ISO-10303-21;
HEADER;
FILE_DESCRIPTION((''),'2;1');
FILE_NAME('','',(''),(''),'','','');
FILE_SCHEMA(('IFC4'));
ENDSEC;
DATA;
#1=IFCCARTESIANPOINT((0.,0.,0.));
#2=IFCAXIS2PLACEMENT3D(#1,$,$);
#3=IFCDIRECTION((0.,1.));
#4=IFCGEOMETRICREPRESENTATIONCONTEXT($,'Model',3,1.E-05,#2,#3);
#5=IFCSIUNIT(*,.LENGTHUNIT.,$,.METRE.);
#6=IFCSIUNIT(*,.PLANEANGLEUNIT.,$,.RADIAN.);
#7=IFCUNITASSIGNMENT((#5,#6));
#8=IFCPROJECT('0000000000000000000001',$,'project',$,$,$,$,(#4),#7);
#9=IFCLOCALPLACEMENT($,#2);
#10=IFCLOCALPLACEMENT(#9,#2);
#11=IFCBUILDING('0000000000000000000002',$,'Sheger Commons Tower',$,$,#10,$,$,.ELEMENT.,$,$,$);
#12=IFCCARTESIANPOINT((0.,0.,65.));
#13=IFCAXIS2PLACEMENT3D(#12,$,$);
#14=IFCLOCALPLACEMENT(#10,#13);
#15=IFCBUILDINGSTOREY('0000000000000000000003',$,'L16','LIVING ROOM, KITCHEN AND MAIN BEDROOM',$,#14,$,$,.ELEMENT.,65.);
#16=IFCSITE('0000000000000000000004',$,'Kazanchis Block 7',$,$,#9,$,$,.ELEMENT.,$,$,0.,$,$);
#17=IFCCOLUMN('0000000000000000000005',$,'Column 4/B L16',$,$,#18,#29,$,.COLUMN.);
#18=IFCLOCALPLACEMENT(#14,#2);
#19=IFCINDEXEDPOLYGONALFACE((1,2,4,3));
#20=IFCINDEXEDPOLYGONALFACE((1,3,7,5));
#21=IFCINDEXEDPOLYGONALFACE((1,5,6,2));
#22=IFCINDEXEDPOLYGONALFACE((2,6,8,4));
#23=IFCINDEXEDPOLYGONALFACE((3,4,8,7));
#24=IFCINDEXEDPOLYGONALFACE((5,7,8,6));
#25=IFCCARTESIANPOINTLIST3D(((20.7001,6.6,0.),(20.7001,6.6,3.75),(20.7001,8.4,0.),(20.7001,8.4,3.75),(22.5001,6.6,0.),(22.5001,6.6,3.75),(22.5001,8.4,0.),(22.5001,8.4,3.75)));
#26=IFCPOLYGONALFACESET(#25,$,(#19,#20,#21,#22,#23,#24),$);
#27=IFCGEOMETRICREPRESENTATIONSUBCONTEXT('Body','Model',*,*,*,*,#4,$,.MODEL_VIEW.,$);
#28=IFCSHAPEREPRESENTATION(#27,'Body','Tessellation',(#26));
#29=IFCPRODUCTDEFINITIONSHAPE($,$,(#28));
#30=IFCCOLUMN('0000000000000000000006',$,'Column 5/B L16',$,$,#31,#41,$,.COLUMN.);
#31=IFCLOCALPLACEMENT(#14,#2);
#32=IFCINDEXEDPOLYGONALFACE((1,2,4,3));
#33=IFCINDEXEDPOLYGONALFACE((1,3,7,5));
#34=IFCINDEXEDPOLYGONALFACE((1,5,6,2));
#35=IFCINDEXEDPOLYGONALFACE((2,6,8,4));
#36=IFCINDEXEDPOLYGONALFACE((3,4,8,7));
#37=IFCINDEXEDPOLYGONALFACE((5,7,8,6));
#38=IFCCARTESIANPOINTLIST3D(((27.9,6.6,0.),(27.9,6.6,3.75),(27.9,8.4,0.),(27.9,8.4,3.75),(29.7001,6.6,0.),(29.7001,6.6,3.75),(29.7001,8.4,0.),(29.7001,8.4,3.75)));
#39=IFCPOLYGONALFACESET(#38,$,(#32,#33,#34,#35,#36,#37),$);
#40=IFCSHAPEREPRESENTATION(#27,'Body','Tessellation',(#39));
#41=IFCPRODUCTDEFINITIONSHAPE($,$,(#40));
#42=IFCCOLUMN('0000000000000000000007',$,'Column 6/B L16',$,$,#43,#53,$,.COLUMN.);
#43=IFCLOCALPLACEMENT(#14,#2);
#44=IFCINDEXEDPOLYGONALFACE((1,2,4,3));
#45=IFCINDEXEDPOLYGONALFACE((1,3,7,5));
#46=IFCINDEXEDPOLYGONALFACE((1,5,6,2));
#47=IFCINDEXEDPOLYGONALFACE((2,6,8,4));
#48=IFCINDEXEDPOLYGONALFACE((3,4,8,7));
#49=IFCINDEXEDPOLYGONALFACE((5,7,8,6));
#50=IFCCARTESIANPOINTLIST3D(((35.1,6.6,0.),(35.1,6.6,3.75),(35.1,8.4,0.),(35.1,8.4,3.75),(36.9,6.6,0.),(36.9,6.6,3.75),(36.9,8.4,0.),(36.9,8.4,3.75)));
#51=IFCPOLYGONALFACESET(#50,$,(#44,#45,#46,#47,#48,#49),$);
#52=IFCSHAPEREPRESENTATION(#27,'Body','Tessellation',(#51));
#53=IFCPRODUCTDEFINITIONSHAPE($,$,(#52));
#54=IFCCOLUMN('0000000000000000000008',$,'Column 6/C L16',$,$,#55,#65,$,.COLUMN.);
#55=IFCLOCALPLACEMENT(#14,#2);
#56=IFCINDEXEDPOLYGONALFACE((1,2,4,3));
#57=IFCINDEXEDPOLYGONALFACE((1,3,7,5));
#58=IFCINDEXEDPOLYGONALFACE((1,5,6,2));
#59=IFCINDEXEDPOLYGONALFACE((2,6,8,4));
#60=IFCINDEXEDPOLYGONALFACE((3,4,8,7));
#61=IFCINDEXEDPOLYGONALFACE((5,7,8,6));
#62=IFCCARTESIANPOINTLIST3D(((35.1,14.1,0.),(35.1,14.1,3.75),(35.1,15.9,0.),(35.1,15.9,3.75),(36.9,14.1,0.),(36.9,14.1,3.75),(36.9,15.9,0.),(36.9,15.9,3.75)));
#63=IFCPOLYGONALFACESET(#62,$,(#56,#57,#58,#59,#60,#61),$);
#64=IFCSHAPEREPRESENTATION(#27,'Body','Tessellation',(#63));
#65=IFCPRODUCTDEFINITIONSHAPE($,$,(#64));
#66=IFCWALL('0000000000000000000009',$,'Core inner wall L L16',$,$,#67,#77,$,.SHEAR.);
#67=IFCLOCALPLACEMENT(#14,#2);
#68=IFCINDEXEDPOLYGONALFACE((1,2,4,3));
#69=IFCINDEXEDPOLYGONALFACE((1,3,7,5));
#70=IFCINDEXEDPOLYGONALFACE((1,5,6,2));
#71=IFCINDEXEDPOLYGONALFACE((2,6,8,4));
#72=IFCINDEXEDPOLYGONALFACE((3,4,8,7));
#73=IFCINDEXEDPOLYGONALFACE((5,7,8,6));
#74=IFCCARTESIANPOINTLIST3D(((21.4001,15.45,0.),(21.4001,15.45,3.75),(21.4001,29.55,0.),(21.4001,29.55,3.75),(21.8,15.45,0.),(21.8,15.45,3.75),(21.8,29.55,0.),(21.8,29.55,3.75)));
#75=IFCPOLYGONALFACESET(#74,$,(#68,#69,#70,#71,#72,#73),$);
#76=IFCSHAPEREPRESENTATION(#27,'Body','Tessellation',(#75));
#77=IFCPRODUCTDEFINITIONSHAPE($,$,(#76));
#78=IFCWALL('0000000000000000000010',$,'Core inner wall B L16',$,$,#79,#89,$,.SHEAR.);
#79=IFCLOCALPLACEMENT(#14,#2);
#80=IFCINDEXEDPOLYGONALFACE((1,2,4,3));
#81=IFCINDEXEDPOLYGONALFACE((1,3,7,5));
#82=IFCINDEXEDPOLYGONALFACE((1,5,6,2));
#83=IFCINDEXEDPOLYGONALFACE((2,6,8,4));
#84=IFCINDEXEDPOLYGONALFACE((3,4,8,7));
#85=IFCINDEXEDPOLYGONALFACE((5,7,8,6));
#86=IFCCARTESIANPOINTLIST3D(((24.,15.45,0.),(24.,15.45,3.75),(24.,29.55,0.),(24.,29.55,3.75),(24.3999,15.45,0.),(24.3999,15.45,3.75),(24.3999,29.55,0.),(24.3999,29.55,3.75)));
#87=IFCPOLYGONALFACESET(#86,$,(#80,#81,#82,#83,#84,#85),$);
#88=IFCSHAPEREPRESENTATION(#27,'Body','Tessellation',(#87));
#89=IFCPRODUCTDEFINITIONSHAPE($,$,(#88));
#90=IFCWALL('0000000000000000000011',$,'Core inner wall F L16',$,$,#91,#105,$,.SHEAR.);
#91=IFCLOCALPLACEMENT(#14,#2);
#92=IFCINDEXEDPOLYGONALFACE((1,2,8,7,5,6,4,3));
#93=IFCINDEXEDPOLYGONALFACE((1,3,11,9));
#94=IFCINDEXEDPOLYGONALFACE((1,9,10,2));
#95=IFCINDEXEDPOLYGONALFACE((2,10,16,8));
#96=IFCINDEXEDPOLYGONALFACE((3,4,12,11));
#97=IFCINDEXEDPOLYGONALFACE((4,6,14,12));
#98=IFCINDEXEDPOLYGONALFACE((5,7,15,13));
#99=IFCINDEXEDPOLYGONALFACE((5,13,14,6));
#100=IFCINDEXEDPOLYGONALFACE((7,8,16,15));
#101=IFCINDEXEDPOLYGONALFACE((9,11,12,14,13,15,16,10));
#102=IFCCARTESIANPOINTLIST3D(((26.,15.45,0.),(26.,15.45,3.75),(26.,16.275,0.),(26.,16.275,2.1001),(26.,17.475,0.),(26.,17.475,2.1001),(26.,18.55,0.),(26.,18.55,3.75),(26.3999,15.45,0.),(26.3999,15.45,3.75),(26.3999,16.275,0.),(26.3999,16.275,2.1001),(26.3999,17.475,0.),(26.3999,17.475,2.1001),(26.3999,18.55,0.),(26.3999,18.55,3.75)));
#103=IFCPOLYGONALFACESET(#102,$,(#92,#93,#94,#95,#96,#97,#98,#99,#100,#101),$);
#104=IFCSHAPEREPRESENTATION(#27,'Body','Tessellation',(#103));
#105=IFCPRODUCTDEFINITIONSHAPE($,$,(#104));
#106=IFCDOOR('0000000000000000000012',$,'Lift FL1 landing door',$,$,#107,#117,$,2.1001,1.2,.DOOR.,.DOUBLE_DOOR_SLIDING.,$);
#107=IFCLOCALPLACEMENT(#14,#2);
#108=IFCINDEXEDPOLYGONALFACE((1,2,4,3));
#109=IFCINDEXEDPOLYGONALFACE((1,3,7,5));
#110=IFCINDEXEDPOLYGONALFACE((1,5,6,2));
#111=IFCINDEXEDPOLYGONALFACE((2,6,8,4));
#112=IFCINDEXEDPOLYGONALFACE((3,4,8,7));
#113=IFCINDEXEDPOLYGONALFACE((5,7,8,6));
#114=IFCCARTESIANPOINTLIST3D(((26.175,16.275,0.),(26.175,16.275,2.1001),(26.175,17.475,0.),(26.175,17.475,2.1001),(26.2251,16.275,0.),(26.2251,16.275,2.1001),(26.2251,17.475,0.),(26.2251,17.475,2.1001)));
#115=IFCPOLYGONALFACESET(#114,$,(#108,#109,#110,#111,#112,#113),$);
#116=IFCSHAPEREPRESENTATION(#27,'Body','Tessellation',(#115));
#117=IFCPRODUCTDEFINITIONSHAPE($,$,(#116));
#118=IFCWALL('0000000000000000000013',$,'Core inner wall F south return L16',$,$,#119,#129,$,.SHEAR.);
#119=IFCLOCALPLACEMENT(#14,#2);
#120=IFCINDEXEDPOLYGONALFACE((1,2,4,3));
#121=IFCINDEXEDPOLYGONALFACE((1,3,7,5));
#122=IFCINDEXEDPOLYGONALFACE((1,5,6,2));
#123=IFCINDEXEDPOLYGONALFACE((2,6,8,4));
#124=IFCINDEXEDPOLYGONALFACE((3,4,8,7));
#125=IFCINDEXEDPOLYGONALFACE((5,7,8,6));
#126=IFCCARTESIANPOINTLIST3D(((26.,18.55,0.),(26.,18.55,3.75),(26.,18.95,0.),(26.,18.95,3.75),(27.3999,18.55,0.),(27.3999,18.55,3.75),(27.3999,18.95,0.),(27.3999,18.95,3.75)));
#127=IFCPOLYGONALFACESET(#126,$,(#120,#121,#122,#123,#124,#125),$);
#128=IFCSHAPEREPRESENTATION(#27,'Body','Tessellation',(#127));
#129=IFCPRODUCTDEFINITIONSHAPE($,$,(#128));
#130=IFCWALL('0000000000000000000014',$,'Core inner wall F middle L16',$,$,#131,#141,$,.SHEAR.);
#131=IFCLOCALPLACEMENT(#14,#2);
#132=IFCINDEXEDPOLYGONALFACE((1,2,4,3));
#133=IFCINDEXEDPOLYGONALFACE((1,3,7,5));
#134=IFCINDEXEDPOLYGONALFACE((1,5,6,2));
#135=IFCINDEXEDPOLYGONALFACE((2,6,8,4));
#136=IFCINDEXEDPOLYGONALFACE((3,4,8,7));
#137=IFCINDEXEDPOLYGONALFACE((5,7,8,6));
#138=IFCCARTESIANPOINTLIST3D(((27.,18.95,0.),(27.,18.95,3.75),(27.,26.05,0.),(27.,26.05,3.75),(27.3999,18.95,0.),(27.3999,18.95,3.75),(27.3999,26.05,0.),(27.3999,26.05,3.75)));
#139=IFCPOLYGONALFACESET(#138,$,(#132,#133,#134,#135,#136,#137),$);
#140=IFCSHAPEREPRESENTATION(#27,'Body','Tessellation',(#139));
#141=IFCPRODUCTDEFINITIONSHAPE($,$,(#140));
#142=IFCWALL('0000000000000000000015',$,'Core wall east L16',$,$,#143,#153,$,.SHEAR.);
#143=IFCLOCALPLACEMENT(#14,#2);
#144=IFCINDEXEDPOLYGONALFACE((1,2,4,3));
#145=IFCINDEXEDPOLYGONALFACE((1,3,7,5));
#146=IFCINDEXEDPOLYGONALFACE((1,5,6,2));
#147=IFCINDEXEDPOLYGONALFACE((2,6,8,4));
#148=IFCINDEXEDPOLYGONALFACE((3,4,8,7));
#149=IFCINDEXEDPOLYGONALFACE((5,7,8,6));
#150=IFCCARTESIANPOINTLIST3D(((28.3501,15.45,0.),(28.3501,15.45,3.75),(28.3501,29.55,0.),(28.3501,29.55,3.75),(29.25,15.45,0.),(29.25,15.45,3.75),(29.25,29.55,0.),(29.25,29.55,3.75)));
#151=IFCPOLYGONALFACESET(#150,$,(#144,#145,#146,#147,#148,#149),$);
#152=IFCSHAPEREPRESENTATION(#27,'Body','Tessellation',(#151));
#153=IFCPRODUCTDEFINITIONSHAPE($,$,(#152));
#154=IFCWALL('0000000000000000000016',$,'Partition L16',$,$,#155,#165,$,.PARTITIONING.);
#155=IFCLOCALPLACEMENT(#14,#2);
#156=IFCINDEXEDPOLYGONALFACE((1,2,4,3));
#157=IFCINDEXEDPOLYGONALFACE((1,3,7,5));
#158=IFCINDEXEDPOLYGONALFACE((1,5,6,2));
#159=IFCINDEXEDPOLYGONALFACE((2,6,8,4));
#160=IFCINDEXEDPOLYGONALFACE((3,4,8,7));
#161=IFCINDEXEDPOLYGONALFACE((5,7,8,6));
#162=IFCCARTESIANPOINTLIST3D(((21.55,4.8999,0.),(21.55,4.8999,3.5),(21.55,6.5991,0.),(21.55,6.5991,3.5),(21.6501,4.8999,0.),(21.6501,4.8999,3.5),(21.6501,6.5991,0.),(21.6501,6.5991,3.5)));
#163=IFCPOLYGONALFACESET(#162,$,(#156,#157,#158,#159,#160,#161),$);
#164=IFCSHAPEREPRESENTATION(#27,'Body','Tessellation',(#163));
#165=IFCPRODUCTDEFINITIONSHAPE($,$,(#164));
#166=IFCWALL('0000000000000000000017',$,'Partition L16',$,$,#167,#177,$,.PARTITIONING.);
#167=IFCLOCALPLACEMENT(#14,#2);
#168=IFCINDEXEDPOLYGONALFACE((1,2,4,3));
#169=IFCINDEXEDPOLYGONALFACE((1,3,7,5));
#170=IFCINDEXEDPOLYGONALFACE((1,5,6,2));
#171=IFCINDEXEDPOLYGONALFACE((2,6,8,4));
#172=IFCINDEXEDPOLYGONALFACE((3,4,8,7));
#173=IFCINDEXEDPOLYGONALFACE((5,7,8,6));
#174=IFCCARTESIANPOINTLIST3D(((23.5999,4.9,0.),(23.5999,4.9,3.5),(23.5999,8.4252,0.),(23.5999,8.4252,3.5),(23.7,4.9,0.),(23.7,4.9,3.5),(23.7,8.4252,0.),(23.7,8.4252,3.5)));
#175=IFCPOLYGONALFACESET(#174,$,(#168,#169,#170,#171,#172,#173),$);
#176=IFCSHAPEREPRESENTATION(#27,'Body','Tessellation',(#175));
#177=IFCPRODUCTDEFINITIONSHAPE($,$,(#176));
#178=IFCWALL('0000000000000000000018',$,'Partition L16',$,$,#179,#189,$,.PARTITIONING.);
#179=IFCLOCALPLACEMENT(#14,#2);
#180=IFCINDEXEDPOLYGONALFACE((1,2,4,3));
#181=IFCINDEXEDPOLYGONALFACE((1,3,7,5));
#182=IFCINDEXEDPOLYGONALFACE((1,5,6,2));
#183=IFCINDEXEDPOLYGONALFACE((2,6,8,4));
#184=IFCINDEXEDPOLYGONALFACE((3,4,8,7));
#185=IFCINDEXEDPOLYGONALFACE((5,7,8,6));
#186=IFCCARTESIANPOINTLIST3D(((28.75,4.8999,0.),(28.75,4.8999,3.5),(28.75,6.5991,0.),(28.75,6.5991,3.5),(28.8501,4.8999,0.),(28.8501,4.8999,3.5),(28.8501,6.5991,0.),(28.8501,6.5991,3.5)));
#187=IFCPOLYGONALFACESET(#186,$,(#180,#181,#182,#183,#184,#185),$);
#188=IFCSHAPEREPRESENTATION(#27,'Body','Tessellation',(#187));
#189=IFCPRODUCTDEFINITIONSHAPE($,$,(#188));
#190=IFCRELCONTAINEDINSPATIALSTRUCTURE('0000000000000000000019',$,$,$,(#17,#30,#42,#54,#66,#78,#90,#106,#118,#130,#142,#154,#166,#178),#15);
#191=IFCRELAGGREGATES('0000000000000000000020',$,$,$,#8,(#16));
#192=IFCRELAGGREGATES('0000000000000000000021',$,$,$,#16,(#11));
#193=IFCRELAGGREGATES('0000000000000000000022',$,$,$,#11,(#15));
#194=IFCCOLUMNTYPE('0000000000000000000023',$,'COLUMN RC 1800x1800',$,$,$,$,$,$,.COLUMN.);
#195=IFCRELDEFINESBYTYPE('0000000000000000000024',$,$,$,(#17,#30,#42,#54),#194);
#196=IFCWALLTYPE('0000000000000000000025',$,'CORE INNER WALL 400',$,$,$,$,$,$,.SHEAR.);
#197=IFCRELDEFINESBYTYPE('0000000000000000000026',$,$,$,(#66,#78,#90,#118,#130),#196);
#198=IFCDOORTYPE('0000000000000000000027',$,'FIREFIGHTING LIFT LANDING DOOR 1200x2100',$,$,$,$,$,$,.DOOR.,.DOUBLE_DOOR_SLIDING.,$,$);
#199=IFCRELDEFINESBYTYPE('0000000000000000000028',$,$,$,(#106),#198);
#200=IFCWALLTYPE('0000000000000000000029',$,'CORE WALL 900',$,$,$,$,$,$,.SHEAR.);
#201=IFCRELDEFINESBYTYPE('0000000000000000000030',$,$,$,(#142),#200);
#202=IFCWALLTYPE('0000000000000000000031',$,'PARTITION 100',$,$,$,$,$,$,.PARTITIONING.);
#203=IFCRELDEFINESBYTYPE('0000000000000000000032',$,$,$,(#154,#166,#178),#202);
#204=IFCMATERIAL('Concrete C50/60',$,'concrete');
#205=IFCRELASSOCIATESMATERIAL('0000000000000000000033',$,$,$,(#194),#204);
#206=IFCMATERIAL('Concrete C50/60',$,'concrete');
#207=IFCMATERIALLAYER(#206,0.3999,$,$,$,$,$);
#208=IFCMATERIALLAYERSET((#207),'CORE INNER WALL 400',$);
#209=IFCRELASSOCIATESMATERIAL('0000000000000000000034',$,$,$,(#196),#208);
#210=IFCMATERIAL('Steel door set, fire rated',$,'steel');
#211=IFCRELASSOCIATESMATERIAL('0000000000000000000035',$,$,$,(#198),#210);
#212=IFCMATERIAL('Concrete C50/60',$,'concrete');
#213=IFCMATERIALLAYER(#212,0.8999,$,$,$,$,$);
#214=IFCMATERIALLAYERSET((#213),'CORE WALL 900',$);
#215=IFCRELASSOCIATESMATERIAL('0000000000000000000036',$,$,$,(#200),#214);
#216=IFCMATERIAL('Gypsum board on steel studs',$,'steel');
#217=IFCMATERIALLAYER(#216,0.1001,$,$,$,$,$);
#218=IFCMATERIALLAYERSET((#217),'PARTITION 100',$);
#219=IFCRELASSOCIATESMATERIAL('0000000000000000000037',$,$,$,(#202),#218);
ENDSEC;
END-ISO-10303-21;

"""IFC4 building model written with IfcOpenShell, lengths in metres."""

from ifc_helpers import new_model, si_unit, direction, frame, frame_2d, origin, origin_2d, place, context, subcontext, project, spatial, rectangle, extrude, material, layer, layer_set, material_profile, profile_set, type_object, element, fill, save


model = new_model("IFC4")

# Units and contexts
model_context = context("Model", 3, precision=1e-05, world=origin(), true_north=direction((0.0, 1.0)))
body_context = subcontext(model_context, "Body", "Model", "MODEL_VIEW")
ifc_project = project(units=[si_unit("LENGTHUNIT", "METRE"), si_unit("PLANEANGLEUNIT", "RADIAN")], contexts=[model_context])

# Site, building, storey
site_placement = place(None, origin())
site = spatial("IfcSite", under=ifc_project, at=site_placement, Name="Kazanchis Block 7", CompositionType="ELEMENT", RefElevation=0.0)
building_placement = place(site_placement, origin())
building = spatial("IfcBuilding", under=site, at=building_placement, Name="Sheger Commons Tower", CompositionType="ELEMENT")
storey_placement = place(building_placement, frame((0.0, 0.0, 65.0)))
storey = spatial("IfcBuildingStorey", under=building, at=storey_placement, Name="L16", Description="LIVING ROOM, KITCHEN AND MAIN BEDROOM", CompositionType="ELEMENT", Elevation=65.0)

# Columns
ifc_material_1 = material(Name="Concrete C50/60", Category="concrete")
ifc_material_profile = material_profile(ifc_material_1, rectangle(XDim=1.8, YDim=1.8, at=origin_2d()), Name="RC 1800x1800")
ifc_profile_set = profile_set([ifc_material_profile], Name="Concrete C50/60")
column_type = type_object("IfcColumnType", Name="COLUMN RC 1800x1800", PredefinedType="COLUMN", material=ifc_profile_set)
for number, where, z_axis, x_axis, name in (
    (1, (21.6001, 7.5, 0.0), (0.0, 0.0, 1.0), (1.0, 0.0, 0.0), "Column 4/B L16"),
    (2, (28.8, 7.5, 0.0), (0.0, 0.0, 1.0), (1.0, 0.0, 0.0), "Column 5/B L16"),
    (3, (36.0, 7.5, 0.0), (0.0, 0.0, 1.0), (1.0, 0.0, 0.0), "Column 6/B L16"),
    (4, (36.0, 15.0, 0.0), (0.0, 0.0, 1.0), (1.0, 0.0, 0.0), "Column 6/C L16"),
):
    element("IfcColumn", number, at=place(storey_placement, frame(where, z_axis=z_axis, x_axis=x_axis)), inside=storey, type_object=column_type, Name=name, PredefinedType="COLUMN", context=body_context, shape_type="SweptSolid", body=[
        extrude(rectangle(XDim=1.8, YDim=1.8, at=origin_2d()), origin(), (0.0, 0.0, 1.0), 3.75),
    ])

# Walls
ifc_material_2 = material(Name="Concrete C50/60", Category="concrete")
ifc_layer_1 = layer(ifc_material_2, 0.3999)
ifc_layer_set_1 = layer_set([ifc_layer_1], Name="CORE INNER WALL 400")
wall_type_1 = type_object("IfcWallType", Name="CORE INNER WALL 400", PredefinedType="SHEAR", material=ifc_layer_set_1)
for number, where, z_axis, x_axis, name in (
    (5, (21.6001, 15.45, 0.0), (0.0, 0.0, 1.0), (0.0, 1.0, 0.0), "Core inner wall L L16"),
    (6, (24.2, 15.45, 0.0), (0.0, 0.0, 1.0), (0.0, 1.0, 0.0), "Core inner wall B L16"),
):
    element("IfcWall", number, at=place(storey_placement, frame(where, z_axis=z_axis, x_axis=x_axis)), inside=storey, type_object=wall_type_1, Name=name, PredefinedType="SHEAR", context=body_context, shape_type="SweptSolid", body=[
        extrude(rectangle(XDim=14.1001, YDim=0.3999, at=frame_2d((7.05, 0.0))), origin(), (0.0, 0.0, 1.0), 3.75),
    ])

# Wall, opening, door
wall_1_placement = place(storey_placement, frame((26.2, 15.45, 0.0), z_axis=(0.0, 0.0, 1.0), x_axis=(0.0, 1.0, 0.0)))
wall_1 = element("IfcWall", 7, at=wall_1_placement, inside=storey, type_object=wall_type_1, Name="Core inner wall F L16", PredefinedType="SHEAR", context=body_context, shape_type="SweptSolid", body=[
    extrude(rectangle(XDim=3.1001, YDim=0.3999, at=frame_2d((1.55, 0.0))), origin(), (0.0, 0.0, 1.0), 3.75),
])
opening_1_placement = place(wall_1_placement, frame((0.825, 0.0, 0.0)))
opening_1 = element("IfcOpeningElement", 8, at=opening_1_placement, cuts=wall_1, PredefinedType="OPENING", context=body_context, shape_type="SweptSolid", body=[
    extrude(rectangle(XDim=1.2, YDim=2.1001, at=frame_2d((0.6001, 1.05))), frame((0.0, 0.21, 0.0), z_axis=(0.0, -1.0, 0.0), x_axis=(1.0, 0.0, 0.0)), (0.0, 0.0, 1.0), 0.4199),
])
ifc_material_3 = material(Name="Steel door set, fire rated", Category="steel")
door_type_1 = type_object("IfcDoorType", Name="FIREFIGHTING LIFT LANDING DOOR 1200x2100", OperationType="DOUBLE_DOOR_SLIDING", PredefinedType="DOOR", material=ifc_material_3)
door_1_placement = place(opening_1_placement, origin())
door_1 = element("IfcDoor", 9, at=door_1_placement, inside=storey, type_object=door_type_1, Name="Lift FL1 landing door", OperationType="DOUBLE_DOOR_SLIDING", OverallHeight=2.1001, OverallWidth=1.2, PredefinedType="DOOR", context=body_context, shape_type="SweptSolid", body=[
    extrude(rectangle(XDim=1.2, YDim=2.1001, at=frame_2d((0.6001, 1.05))), frame((0.0, 0.0249, 0.0), z_axis=(0.0, -1.0, 0.0), x_axis=(1.0, 0.0, 0.0)), (0.0, 0.0, 1.0), 0.05),
])
fill(opening_1, door_1)

# Walls
wall_2_placement = place(storey_placement, frame((26.0, 18.75, 0.0), z_axis=(0.0, 0.0, 1.0), x_axis=(1.0, 0.0, 0.0)))
element("IfcWall", 10, at=wall_2_placement, inside=storey, type_object=wall_type_1, Name="Core inner wall F south return L16", PredefinedType="SHEAR", context=body_context, shape_type="SweptSolid", body=[
    extrude(rectangle(XDim=1.3999, YDim=0.3999, at=frame_2d((0.7, 0.0))), origin(), (0.0, 0.0, 1.0), 3.75),
])
wall_3_placement = place(storey_placement, frame((27.2, 18.95, 0.0), z_axis=(0.0, 0.0, 1.0), x_axis=(0.0, 1.0, 0.0)))
element("IfcWall", 11, at=wall_3_placement, inside=storey, type_object=wall_type_1, Name="Core inner wall F middle L16", PredefinedType="SHEAR", context=body_context, shape_type="SweptSolid", body=[
    extrude(rectangle(XDim=7.1001, YDim=0.3999, at=frame_2d((3.55, 0.0))), origin(), (0.0, 0.0, 1.0), 3.75),
])
ifc_material_4 = material(Name="Concrete C50/60", Category="concrete")
ifc_layer_2 = layer(ifc_material_4, 0.8999)
ifc_layer_set_2 = layer_set([ifc_layer_2], Name="CORE WALL 900")
wall_type_2 = type_object("IfcWallType", Name="CORE WALL 900", PredefinedType="SHEAR", material=ifc_layer_set_2)
wall_4_placement = place(storey_placement, frame((28.8, 15.45, 0.0), z_axis=(0.0, 0.0, 1.0), x_axis=(0.0, 1.0, 0.0)))
element("IfcWall", 12, at=wall_4_placement, inside=storey, type_object=wall_type_2, Name="Core wall east L16", PredefinedType="SHEAR", context=body_context, shape_type="SweptSolid", body=[
    extrude(rectangle(XDim=14.1001, YDim=0.8999, at=frame_2d((7.05, 0.0))), origin(), (0.0, 0.0, 1.0), 3.75),
])
ifc_material_5 = material(Name="Gypsum board on steel studs", Category="steel")
ifc_layer_3 = layer(ifc_material_5, 0.1001)
ifc_layer_set_3 = layer_set([ifc_layer_3], Name="PARTITION 100")
wall_type_3 = type_object("IfcWallType", Name="PARTITION 100", PredefinedType="PARTITIONING", material=ifc_layer_set_3)
wall_5_placement = place(storey_placement, frame((21.6001, 4.8999, 0.0), z_axis=(0.0, 0.0, 1.0), x_axis=(0.0, 1.0, 0.0)))
element("IfcWall", 13, at=wall_5_placement, inside=storey, type_object=wall_type_3, Name="Partition L16", PredefinedType="PARTITIONING", context=body_context, shape_type="SweptSolid", body=[
    extrude(rectangle(XDim=1.6992, YDim=0.1001, at=frame_2d((0.8496, 0.0))), origin(), (0.0, 0.0, 1.0), 3.5),
])
wall_6_placement = place(storey_placement, frame((23.6499, 4.8999, 0.0), z_axis=(0.0, 0.0, 1.0), x_axis=(0.0, 1.0, 0.0)))
element("IfcWall", 14, at=wall_6_placement, inside=storey, type_object=wall_type_3, Name="Partition L16", PredefinedType="PARTITIONING", context=body_context, shape_type="SweptSolid", body=[
    extrude(rectangle(XDim=3.5251, YDim=0.1001, at=frame_2d((1.7627, 0.0))), origin(), (0.0, 0.0, 1.0), 3.5),
])
wall_7_placement = place(storey_placement, frame((28.8, 4.8999, 0.0), z_axis=(0.0, 0.0, 1.0), x_axis=(0.0, 1.0, 0.0)))
element("IfcWall", 15, at=wall_7_placement, inside=storey, type_object=wall_type_3, Name="Partition L16", PredefinedType="PARTITIONING", context=body_context, shape_type="SweptSolid", body=[
    extrude(rectangle(XDim=1.6992, YDim=0.1001, at=frame_2d((0.8496, 0.0))), origin(), (0.0, 0.0, 1.0), 3.5),
])

save(model, "model.ifc")
